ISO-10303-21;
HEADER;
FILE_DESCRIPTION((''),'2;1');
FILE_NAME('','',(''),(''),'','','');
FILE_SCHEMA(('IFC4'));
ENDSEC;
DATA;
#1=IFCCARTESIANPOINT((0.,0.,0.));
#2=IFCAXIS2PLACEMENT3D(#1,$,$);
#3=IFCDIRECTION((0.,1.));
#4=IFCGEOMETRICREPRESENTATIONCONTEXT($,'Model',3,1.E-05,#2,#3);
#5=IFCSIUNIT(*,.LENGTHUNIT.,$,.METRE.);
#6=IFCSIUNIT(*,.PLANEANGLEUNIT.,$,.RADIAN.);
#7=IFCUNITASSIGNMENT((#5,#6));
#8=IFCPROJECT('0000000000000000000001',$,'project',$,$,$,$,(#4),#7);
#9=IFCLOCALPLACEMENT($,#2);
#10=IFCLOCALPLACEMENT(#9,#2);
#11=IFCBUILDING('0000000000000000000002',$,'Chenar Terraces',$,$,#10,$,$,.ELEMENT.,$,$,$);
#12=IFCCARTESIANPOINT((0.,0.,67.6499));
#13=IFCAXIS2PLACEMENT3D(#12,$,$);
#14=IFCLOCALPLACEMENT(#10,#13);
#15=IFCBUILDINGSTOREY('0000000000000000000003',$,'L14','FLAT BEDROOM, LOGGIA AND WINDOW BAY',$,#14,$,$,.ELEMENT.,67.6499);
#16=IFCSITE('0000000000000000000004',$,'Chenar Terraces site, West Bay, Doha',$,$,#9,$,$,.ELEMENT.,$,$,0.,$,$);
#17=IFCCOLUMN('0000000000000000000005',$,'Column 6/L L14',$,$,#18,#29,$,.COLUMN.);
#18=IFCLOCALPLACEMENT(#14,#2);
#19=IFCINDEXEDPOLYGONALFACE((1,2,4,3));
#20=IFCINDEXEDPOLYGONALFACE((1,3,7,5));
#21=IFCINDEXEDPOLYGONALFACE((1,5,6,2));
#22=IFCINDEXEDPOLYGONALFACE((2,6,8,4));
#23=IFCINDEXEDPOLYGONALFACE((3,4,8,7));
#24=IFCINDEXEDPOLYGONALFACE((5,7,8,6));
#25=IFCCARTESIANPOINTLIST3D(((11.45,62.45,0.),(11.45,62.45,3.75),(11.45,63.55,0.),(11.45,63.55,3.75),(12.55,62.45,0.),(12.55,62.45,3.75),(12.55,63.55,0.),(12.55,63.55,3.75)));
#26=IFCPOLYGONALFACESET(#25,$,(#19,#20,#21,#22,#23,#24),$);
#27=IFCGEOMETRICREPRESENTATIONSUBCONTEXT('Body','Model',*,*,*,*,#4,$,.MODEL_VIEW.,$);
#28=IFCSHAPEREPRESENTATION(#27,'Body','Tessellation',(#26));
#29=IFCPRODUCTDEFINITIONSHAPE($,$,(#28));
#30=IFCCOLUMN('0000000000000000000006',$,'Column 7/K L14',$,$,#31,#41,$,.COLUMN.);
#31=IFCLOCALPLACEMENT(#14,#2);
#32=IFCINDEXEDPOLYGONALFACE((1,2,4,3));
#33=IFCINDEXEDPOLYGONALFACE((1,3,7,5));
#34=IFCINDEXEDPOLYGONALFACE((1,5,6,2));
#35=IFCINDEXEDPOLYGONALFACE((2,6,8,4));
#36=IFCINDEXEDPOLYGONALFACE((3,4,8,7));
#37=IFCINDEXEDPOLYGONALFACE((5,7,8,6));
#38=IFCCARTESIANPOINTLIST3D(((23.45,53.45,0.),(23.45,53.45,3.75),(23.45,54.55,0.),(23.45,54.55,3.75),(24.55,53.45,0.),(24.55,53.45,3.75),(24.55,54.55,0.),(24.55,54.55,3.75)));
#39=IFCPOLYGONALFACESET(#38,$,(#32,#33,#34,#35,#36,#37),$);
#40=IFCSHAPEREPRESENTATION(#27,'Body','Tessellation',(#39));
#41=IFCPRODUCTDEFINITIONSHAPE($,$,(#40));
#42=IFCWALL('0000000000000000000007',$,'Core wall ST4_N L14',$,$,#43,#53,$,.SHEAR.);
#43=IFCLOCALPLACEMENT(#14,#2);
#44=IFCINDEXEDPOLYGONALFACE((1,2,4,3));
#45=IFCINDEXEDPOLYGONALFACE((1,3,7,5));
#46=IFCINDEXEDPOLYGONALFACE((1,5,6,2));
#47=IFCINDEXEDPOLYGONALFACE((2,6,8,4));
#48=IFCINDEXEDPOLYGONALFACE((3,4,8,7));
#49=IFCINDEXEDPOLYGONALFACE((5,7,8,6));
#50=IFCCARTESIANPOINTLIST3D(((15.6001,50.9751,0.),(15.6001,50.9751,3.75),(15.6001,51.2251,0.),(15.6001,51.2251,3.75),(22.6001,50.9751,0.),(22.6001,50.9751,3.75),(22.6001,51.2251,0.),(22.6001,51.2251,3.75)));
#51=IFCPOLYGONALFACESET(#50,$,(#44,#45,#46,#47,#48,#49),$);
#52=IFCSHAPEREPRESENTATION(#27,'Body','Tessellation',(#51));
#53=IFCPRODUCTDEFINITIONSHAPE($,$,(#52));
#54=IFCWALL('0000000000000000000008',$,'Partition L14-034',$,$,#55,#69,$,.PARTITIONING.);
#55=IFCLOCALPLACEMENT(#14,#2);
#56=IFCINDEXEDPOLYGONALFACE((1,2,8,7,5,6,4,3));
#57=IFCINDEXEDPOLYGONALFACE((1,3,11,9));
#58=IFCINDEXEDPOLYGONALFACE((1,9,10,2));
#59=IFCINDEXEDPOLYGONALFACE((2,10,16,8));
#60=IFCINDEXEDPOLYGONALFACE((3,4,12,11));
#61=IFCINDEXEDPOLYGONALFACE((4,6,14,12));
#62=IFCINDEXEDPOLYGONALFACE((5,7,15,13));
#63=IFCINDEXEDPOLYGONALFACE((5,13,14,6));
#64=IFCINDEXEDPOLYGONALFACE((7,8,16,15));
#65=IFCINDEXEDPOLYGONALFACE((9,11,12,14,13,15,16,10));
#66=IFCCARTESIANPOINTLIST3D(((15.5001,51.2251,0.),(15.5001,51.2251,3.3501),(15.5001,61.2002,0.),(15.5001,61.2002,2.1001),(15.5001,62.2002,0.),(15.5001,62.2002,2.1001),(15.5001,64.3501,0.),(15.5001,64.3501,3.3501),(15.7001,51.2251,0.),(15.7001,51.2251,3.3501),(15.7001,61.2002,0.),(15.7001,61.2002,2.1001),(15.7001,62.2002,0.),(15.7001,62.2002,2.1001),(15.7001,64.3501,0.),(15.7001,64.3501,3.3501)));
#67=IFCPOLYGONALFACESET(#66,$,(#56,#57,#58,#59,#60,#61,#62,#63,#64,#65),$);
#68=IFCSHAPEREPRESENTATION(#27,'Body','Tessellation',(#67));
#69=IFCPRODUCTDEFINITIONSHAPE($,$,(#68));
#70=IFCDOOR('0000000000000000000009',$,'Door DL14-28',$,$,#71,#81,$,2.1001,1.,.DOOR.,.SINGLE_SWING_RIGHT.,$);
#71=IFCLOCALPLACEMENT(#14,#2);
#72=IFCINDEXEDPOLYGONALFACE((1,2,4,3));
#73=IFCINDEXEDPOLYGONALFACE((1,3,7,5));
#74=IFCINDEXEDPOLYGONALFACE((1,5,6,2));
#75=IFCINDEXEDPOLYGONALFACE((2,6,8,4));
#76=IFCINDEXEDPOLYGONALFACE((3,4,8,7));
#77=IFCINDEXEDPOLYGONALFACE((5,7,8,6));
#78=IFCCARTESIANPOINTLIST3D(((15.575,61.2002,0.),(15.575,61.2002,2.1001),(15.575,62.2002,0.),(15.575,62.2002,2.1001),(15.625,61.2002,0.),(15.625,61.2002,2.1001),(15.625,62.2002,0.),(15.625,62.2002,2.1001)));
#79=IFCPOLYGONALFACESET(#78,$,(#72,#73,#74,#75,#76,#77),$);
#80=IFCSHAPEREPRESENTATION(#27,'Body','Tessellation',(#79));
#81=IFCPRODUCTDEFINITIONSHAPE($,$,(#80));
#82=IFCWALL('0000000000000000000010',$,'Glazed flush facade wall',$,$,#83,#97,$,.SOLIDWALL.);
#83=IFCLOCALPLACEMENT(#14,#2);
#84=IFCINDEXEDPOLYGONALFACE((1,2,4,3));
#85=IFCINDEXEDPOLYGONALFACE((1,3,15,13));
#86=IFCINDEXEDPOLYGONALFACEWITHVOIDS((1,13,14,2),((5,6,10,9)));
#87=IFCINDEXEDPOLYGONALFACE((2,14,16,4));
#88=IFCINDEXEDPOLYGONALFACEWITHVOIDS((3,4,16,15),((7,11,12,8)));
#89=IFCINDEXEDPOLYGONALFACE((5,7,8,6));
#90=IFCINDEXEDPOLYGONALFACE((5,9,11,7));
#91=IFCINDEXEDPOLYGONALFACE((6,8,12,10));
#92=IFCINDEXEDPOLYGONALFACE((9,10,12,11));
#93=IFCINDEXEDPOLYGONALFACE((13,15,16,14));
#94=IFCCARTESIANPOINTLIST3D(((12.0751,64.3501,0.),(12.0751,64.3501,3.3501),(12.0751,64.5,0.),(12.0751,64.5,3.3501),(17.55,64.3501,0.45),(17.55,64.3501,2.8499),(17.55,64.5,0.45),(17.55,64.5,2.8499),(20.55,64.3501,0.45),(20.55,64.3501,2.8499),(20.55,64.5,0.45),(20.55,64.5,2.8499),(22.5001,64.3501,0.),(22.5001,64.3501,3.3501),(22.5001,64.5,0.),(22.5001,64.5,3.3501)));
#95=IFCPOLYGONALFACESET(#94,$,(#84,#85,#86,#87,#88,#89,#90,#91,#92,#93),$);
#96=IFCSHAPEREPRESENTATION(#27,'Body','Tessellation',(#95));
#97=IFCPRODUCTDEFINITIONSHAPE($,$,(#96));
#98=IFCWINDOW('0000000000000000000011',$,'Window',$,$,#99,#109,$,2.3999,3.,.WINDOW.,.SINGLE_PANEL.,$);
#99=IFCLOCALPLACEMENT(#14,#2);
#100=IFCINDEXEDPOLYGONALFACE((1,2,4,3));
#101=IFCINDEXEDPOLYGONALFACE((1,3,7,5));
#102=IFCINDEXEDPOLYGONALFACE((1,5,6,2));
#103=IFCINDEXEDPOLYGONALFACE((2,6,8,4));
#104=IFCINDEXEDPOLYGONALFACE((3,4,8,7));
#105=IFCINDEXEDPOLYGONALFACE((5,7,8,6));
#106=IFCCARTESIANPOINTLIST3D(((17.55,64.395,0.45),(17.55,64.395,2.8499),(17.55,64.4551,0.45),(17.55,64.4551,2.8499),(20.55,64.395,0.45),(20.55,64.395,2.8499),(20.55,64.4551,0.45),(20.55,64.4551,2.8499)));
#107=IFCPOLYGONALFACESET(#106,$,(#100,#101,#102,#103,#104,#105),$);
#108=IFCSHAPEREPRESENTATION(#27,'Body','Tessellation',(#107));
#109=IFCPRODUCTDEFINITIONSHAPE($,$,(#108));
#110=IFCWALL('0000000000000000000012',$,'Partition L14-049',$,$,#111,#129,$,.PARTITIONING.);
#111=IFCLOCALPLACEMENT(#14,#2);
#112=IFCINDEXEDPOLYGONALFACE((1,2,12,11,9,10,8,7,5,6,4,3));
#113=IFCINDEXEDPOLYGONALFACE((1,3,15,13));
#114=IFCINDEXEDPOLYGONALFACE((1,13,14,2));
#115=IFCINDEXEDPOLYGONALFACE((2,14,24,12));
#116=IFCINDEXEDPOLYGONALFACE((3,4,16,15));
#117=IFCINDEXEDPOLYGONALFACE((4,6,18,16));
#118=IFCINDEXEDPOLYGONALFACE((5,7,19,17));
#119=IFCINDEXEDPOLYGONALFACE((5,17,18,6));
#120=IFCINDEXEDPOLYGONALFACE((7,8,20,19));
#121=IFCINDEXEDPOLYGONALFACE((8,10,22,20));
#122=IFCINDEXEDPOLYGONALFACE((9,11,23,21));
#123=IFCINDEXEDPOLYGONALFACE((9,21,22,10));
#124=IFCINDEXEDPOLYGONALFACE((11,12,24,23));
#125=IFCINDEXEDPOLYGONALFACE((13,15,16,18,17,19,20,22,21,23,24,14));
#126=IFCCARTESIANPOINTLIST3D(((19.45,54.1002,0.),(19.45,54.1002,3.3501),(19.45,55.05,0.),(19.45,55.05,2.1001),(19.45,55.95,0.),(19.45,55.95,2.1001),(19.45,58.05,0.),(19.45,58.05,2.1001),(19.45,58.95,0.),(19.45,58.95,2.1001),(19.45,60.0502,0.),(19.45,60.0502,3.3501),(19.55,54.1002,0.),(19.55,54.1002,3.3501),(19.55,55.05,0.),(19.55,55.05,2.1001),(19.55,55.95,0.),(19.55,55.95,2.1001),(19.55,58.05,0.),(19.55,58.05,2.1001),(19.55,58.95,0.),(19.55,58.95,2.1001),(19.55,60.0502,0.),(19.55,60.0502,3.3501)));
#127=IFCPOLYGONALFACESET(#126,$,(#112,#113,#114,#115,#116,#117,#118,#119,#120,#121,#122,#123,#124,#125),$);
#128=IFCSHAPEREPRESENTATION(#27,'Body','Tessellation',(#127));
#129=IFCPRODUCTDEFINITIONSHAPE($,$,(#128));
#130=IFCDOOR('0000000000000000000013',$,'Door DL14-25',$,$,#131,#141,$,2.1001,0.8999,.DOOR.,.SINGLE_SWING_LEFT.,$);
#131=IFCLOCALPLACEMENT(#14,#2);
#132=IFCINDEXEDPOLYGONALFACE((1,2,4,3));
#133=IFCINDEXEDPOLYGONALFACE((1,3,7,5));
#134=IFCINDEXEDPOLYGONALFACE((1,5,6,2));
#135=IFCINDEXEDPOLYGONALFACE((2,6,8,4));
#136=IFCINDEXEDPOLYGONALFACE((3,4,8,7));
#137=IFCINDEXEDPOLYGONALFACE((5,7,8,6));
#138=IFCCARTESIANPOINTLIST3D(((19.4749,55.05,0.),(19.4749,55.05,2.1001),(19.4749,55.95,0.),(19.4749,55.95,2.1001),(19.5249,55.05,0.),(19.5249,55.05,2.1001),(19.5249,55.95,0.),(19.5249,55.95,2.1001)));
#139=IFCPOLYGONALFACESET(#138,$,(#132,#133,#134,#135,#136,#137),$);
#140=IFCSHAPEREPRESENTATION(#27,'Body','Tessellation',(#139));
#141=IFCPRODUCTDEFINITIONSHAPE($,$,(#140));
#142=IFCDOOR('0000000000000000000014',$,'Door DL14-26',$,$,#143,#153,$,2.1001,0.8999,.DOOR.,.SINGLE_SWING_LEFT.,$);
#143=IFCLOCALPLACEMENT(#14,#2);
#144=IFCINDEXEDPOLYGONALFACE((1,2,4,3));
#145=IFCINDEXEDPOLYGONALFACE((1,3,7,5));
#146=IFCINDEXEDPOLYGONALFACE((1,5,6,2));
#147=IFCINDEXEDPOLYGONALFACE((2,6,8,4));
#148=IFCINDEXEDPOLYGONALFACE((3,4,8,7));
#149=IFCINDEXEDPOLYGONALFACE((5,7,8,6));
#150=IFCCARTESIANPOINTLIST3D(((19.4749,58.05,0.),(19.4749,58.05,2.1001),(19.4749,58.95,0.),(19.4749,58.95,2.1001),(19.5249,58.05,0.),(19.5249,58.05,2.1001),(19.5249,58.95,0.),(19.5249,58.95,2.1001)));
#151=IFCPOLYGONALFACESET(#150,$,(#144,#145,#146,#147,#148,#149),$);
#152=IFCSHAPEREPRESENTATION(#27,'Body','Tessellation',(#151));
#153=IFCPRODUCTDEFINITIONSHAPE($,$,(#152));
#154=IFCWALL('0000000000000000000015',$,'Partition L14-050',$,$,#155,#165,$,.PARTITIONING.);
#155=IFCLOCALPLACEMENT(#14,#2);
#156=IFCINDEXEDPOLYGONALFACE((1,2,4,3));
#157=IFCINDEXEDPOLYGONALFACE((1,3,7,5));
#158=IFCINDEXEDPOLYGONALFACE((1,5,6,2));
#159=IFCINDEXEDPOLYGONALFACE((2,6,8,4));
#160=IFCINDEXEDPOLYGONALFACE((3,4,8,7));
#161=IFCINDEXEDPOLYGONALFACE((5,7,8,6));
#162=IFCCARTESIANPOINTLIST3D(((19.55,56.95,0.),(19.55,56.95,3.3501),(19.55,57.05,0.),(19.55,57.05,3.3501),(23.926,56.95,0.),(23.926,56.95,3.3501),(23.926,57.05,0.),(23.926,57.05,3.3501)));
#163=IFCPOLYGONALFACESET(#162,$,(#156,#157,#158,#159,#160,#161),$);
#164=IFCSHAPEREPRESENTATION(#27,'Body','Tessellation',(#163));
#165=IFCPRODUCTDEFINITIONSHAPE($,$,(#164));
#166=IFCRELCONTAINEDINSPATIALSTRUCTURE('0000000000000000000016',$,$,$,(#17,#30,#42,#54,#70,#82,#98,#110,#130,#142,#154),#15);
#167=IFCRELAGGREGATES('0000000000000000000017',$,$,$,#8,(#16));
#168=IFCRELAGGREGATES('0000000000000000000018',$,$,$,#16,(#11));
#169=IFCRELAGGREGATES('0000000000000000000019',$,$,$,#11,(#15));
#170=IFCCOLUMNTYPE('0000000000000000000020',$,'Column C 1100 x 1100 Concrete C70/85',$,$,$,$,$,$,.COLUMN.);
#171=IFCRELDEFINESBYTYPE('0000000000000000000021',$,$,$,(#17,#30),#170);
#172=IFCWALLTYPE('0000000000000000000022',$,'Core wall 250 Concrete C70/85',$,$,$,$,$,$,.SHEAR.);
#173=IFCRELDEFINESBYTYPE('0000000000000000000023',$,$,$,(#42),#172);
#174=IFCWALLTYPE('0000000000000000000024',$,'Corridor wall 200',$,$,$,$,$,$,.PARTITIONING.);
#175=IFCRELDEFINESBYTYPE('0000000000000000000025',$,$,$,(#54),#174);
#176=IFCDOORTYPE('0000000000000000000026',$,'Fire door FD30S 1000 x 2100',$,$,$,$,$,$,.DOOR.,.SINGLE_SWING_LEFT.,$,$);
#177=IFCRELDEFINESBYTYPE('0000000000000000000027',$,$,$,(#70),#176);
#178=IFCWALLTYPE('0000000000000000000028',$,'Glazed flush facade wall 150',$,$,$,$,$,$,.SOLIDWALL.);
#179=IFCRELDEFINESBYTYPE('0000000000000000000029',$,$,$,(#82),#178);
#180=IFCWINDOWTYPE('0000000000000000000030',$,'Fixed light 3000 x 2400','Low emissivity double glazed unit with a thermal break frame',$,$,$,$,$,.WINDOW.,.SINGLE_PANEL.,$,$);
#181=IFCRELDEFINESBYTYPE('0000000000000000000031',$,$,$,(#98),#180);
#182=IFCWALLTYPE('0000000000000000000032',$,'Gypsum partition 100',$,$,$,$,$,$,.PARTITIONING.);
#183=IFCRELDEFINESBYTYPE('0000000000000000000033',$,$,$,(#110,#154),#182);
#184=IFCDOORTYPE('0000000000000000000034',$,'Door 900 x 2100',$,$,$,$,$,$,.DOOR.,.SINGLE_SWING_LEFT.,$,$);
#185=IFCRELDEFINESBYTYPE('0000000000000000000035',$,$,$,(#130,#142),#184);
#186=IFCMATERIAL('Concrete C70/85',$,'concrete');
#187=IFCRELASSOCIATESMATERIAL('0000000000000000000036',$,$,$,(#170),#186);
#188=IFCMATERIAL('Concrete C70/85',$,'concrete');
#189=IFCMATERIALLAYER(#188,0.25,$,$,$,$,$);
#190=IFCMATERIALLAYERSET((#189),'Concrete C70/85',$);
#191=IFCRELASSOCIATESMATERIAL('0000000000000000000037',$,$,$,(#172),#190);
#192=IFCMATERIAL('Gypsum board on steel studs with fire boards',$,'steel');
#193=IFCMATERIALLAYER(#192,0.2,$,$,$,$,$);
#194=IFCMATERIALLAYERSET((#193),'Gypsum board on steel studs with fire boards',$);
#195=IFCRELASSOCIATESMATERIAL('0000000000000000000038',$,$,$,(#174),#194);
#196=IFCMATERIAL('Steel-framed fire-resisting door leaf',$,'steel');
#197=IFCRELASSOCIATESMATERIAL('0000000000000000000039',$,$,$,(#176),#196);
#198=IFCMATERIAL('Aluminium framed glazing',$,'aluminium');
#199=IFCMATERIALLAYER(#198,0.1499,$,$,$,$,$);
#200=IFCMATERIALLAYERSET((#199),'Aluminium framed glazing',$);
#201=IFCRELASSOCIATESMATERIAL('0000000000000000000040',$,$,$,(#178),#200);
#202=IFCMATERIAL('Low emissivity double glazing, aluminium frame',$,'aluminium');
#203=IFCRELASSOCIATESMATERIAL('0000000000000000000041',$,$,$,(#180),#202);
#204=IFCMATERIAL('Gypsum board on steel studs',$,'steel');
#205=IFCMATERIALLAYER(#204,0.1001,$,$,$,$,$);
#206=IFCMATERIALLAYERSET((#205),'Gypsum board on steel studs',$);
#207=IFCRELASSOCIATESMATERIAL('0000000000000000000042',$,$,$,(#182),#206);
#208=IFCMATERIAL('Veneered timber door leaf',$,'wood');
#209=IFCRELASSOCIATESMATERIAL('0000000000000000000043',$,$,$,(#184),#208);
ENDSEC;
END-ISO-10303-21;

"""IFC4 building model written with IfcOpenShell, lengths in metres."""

from ifc_helpers import new_model, si_unit, direction, frame, frame_2d, origin, origin_2d, place, context, subcontext, project, spatial, rectangle, extrude, material, layer, layer_set, material_profile, profile_set, type_object, element, fill, save


model = new_model("IFC4")

# Units and contexts
model_context = context("Model", 3, precision=1e-05, world=origin(), true_north=direction((0.0, 1.0)))
body_context = subcontext(model_context, "Body", "Model", "MODEL_VIEW")
ifc_project = project(units=[si_unit("LENGTHUNIT", "METRE"), si_unit("PLANEANGLEUNIT", "RADIAN")], contexts=[model_context])

# Site, building, storey
site_placement = place(None, origin())
site = spatial("IfcSite", under=ifc_project, at=site_placement, Name="Chenar Terraces site, West Bay, Doha", CompositionType="ELEMENT", RefElevation=0.0)
building_placement = place(site_placement, origin())
building = spatial("IfcBuilding", under=site, at=building_placement, Name="Chenar Terraces", CompositionType="ELEMENT")
storey_placement = place(building_placement, frame((0.0, 0.0, 67.6499)))
storey = spatial("IfcBuildingStorey", under=building, at=storey_placement, Name="L14", Description="FLAT BEDROOM, LOGGIA AND WINDOW BAY", CompositionType="ELEMENT", Elevation=67.6499)

# Columns
ifc_material_1 = material(Name="Concrete C70/85", Category="concrete")
ifc_material_profile = material_profile(ifc_material_1, rectangle(XDim=1.1001, YDim=1.1001, at=origin_2d()), Name="C 1100 x 1100")
ifc_profile_set = profile_set([ifc_material_profile], Name="Concrete C70/85")
column_type = type_object("IfcColumnType", Name="Column C 1100 x 1100 Concrete C70/85", PredefinedType="COLUMN", material=ifc_profile_set)
for number, where, z_axis, x_axis, name in (
    (1, (12.0, 63.0, 0.0), (0.0, 0.0, 1.0), (1.0, 0.0, 0.0), "Column 6/L L14"),
    (2, (24.0, 54.0, 0.0), (0.0, 0.0, 1.0), (1.0, 0.0, 0.0), "Column 7/K L14"),
):
    element("IfcColumn", number, at=place(storey_placement, frame(where, z_axis=z_axis, x_axis=x_axis)), inside=storey, type_object=column_type, Name=name, PredefinedType="COLUMN", context=body_context, shape_type="SweptSolid", body=[
        extrude(rectangle(XDim=1.1001, YDim=1.1001, at=origin_2d()), origin(), (0.0, 0.0, 1.0), 3.75),
    ])

# Wall
ifc_material_2 = material(Name="Concrete C70/85", Category="concrete")
ifc_layer_1 = layer(ifc_material_2, 0.25)
ifc_layer_set_1 = layer_set([ifc_layer_1], Name="Concrete C70/85")
wall_type_1 = type_object("IfcWallType", Name="Core wall 250 Concrete C70/85", PredefinedType="SHEAR", material=ifc_layer_set_1)
wall_1_placement = place(storey_placement, frame((15.6001, 51.1001, 0.0), z_axis=(0.0, 0.0, 1.0), x_axis=(1.0, 0.0, 0.0)))
element("IfcWall", 3, at=wall_1_placement, inside=storey, type_object=wall_type_1, Name="Core wall ST4_N L14", PredefinedType="SHEAR", context=body_context, shape_type="SweptSolid", body=[
    extrude(rectangle(XDim=7.0, YDim=0.25, at=frame_2d((3.5, 0.0))), origin(), (0.0, 0.0, 1.0), 3.75),
])

# Wall, opening, door
ifc_material_3 = material(Name="Gypsum board on steel studs with fire boards", Category="steel")
ifc_layer_2 = layer(ifc_material_3, 0.2)
ifc_layer_set_2 = layer_set([ifc_layer_2], Name="Gypsum board on steel studs with fire boards")
wall_type_2 = type_object("IfcWallType", Name="Corridor wall 200", PredefinedType="PARTITIONING", material=ifc_layer_set_2)
wall_2_placement = place(storey_placement, frame((15.6001, 51.2251, 0.0), z_axis=(0.0, 0.0, 1.0), x_axis=(0.0, 1.0, 0.0)))
wall_2 = element("IfcWall", 4, at=wall_2_placement, inside=storey, type_object=wall_type_2, Name="Partition L14-034", PredefinedType="PARTITIONING", context=body_context, shape_type="SweptSolid", body=[
    extrude(rectangle(XDim=13.125, YDim=0.2, at=frame_2d((6.5625, 0.0))), origin(), (0.0, 0.0, 1.0), 3.3501),
])
opening_1_placement = place(wall_2_placement, frame((9.9751, 0.0, 0.0)))
opening_1 = element("IfcOpeningElement", 5, at=opening_1_placement, cuts=wall_2, PredefinedType="OPENING", context=body_context, shape_type="SweptSolid", body=[
    extrude(rectangle(XDim=1.0, YDim=2.1001, at=frame_2d((0.5, 1.05))), frame((0.0, 0.1099, 0.0), z_axis=(0.0, -1.0, 0.0), x_axis=(1.0, 0.0, 0.0)), (0.0, 0.0, 1.0), 0.22),
])
ifc_material_4 = material(Name="Steel-framed fire-resisting door leaf", Category="steel")
door_type_1 = type_object("IfcDoorType", Name="Fire door FD30S 1000 x 2100", OperationType="SINGLE_SWING_LEFT", PredefinedType="DOOR", material=ifc_material_4)
door_1_placement = place(opening_1_placement, frame((1.0, 0.0, 0.0), z_axis=(0.0, 0.0, 1.0), x_axis=(-1.0, 0.0, 0.0)))
door_1 = element("IfcDoor", 6, at=door_1_placement, inside=storey, type_object=door_type_1, Name="Door DL14-28", OperationType="SINGLE_SWING_RIGHT", OverallHeight=2.1001, OverallWidth=1.0, PredefinedType="DOOR", context=body_context, shape_type="SweptSolid", body=[
    extrude(rectangle(XDim=1.0, YDim=2.1001, at=frame_2d((0.5, 1.05))), frame((0.0, 0.0249, 0.0), z_axis=(0.0, -1.0, 0.0), x_axis=(1.0, 0.0, 0.0)), (0.0, 0.0, 1.0), 0.05),
])
fill(opening_1, door_1)

# Wall, opening, window
ifc_material_5 = material(Name="Aluminium framed glazing", Category="aluminium")
ifc_layer_3 = layer(ifc_material_5, 0.1499)
ifc_layer_set_3 = layer_set([ifc_layer_3], Name="Aluminium framed glazing")
wall_type_3 = type_object("IfcWallType", Name="Glazed flush facade wall 150", PredefinedType="SOLIDWALL", material=ifc_layer_set_3)
wall_3_placement = place(storey_placement, frame((22.5, 64.425, 0.0), z_axis=(0.0, 0.0, 1.0), x_axis=(-1.0, 0.0, 0.0)))
wall_3 = element("IfcWall", 7, at=wall_3_placement, inside=storey, type_object=wall_type_3, Name="Glazed flush facade wall", PredefinedType="SOLIDWALL", context=body_context, shape_type="SweptSolid", body=[
    extrude(rectangle(XDim=10.425, YDim=0.1499, at=frame_2d((5.2124, 0.0))), origin(), (0.0, 0.0, 1.0), 3.3501),
])
opening_2_placement = place(wall_3_placement, frame((1.95, 0.0, 0.45)))
opening_2 = element("IfcOpeningElement", 8, at=opening_2_placement, cuts=wall_3, PredefinedType="OPENING", context=body_context, shape_type="SweptSolid", body=[
    extrude(rectangle(XDim=3.0, YDim=2.3999, at=frame_2d((1.5, 1.2))), frame((0.0, 0.085, 0.0), z_axis=(0.0, -1.0, 0.0), x_axis=(1.0, 0.0, 0.0)), (0.0, 0.0, 1.0), 0.1699),
])
ifc_material_6 = material(Name="Low emissivity double glazing, aluminium frame", Category="aluminium")
window_type = type_object("IfcWindowType", Name="Fixed light 3000 x 2400", Description="Low emissivity double glazed unit with a thermal break frame", PartitioningType="SINGLE_PANEL", PredefinedType="WINDOW", material=ifc_material_6)
window_placement = place(opening_2_placement, origin())
window = element("IfcWindow", 9, at=window_placement, inside=storey, type_object=window_type, Name="Window", OverallHeight=2.3999, OverallWidth=3.0, PartitioningType="SINGLE_PANEL", PredefinedType="WINDOW", context=body_context, shape_type="SweptSolid", body=[
    extrude(rectangle(XDim=3.0, YDim=2.3999, at=frame_2d((1.5, 1.2))), frame((0.0, 0.03, 0.0), z_axis=(0.0, -1.0, 0.0), x_axis=(1.0, 0.0, 0.0)), (0.0, 0.0, 1.0), 0.0601),
])
fill(opening_2, window)

# Wall, openings, doors
ifc_material_7 = material(Name="Gypsum board on steel studs", Category="steel")
ifc_layer_4 = layer(ifc_material_7, 0.1001)
ifc_layer_set_4 = layer_set([ifc_layer_4], Name="Gypsum board on steel studs")
wall_type_4 = type_object("IfcWallType", Name="Gypsum partition 100", PredefinedType="PARTITIONING", material=ifc_layer_set_4)
wall_4_placement = place(storey_placement, frame((19.5, 54.1001, 0.0), z_axis=(0.0, 0.0, 1.0), x_axis=(0.0, 1.0, 0.0)))
wall_4 = element("IfcWall", 10, at=wall_4_placement, inside=storey, type_object=wall_type_4, Name="Partition L14-049", PredefinedType="PARTITIONING", context=body_context, shape_type="SweptSolid", body=[
    extrude(rectangle(XDim=5.95, YDim=0.1001, at=frame_2d((2.9751, 0.0))), origin(), (0.0, 0.0, 1.0), 3.3501),
])
opening_3_placement = place(wall_4_placement, frame((0.95, 0.0, 0.0)))
opening_3 = element("IfcOpeningElement", 11, at=opening_3_placement, cuts=wall_4, PredefinedType="OPENING", context=body_context, shape_type="SweptSolid", body=[
    extrude(rectangle(XDim=0.8999, YDim=2.1001, at=frame_2d((0.45, 1.05))), frame((0.0, 0.0601, 0.0), z_axis=(0.0, -1.0, 0.0), x_axis=(1.0, 0.0, 0.0)), (0.0, 0.0, 1.0), 0.1201),
])
opening_4_placement = place(wall_4_placement, frame((3.95, 0.0, 0.0)))
opening_4 = element("IfcOpeningElement", 12, at=opening_4_placement, cuts=wall_4, PredefinedType="OPENING", context=body_context, shape_type="SweptSolid", body=[
    extrude(rectangle(XDim=0.8999, YDim=2.1001, at=frame_2d((0.45, 1.05))), frame((0.0, 0.0601, 0.0), z_axis=(0.0, -1.0, 0.0), x_axis=(1.0, 0.0, 0.0)), (0.0, 0.0, 1.0), 0.1201),
])
ifc_material_8 = material(Name="Veneered timber door leaf", Category="wood")
door_type_2 = type_object("IfcDoorType", Name="Door 900 x 2100", OperationType="SINGLE_SWING_LEFT", PredefinedType="DOOR", material=ifc_material_8)
door_2_placement = place(opening_3_placement, frame((0.8999, 0.0, 0.0), z_axis=(0.0, 0.0, 1.0), x_axis=(-1.0, 0.0, 0.0)))
door_2 = element("IfcDoor", 13, at=door_2_placement, inside=storey, type_object=door_type_2, Name="Door DL14-25", OperationType="SINGLE_SWING_LEFT", OverallHeight=2.1001, OverallWidth=0.8999, PredefinedType="DOOR", context=body_context, shape_type="SweptSolid", body=[
    extrude(rectangle(XDim=0.8999, YDim=2.1001, at=frame_2d((0.45, 1.05))), frame((0.0, 0.0249, 0.0), z_axis=(0.0, -1.0, 0.0), x_axis=(1.0, 0.0, 0.0)), (0.0, 0.0, 1.0), 0.05),
])
fill(opening_3, door_2)
door_3_placement = place(opening_4_placement, frame((0.8999, 0.0, 0.0), z_axis=(0.0, 0.0, 1.0), x_axis=(-1.0, 0.0, 0.0)))
door_3 = element("IfcDoor", 14, at=door_3_placement, inside=storey, type_object=door_type_2, Name="Door DL14-26", OperationType="SINGLE_SWING_LEFT", OverallHeight=2.1001, OverallWidth=0.8999, PredefinedType="DOOR", context=body_context, shape_type="SweptSolid", body=[
    extrude(rectangle(XDim=0.8999, YDim=2.1001, at=frame_2d((0.45, 1.05))), frame((0.0, 0.0249, 0.0), z_axis=(0.0, -1.0, 0.0), x_axis=(1.0, 0.0, 0.0)), (0.0, 0.0, 1.0), 0.05),
])
fill(opening_4, door_3)

# Wall
for number, where, z_axis, x_axis, name in (
    (15, (19.55, 57.0, 0.0), (0.0, 0.0, 1.0), (1.0, 0.0, 0.0), "Partition L14-050"),
):
    element("IfcWall", number, at=place(storey_placement, frame(where, z_axis=z_axis, x_axis=x_axis)), inside=storey, type_object=wall_type_4, Name=name, PredefinedType="PARTITIONING", context=body_context, shape_type="SweptSolid", body=[
        extrude(rectangle(XDim=4.376, YDim=0.1001, at=frame_2d((2.188, 0.0))), origin(), (0.0, 0.0, 1.0), 3.3501),
    ])

save(model, "model.ifc")
